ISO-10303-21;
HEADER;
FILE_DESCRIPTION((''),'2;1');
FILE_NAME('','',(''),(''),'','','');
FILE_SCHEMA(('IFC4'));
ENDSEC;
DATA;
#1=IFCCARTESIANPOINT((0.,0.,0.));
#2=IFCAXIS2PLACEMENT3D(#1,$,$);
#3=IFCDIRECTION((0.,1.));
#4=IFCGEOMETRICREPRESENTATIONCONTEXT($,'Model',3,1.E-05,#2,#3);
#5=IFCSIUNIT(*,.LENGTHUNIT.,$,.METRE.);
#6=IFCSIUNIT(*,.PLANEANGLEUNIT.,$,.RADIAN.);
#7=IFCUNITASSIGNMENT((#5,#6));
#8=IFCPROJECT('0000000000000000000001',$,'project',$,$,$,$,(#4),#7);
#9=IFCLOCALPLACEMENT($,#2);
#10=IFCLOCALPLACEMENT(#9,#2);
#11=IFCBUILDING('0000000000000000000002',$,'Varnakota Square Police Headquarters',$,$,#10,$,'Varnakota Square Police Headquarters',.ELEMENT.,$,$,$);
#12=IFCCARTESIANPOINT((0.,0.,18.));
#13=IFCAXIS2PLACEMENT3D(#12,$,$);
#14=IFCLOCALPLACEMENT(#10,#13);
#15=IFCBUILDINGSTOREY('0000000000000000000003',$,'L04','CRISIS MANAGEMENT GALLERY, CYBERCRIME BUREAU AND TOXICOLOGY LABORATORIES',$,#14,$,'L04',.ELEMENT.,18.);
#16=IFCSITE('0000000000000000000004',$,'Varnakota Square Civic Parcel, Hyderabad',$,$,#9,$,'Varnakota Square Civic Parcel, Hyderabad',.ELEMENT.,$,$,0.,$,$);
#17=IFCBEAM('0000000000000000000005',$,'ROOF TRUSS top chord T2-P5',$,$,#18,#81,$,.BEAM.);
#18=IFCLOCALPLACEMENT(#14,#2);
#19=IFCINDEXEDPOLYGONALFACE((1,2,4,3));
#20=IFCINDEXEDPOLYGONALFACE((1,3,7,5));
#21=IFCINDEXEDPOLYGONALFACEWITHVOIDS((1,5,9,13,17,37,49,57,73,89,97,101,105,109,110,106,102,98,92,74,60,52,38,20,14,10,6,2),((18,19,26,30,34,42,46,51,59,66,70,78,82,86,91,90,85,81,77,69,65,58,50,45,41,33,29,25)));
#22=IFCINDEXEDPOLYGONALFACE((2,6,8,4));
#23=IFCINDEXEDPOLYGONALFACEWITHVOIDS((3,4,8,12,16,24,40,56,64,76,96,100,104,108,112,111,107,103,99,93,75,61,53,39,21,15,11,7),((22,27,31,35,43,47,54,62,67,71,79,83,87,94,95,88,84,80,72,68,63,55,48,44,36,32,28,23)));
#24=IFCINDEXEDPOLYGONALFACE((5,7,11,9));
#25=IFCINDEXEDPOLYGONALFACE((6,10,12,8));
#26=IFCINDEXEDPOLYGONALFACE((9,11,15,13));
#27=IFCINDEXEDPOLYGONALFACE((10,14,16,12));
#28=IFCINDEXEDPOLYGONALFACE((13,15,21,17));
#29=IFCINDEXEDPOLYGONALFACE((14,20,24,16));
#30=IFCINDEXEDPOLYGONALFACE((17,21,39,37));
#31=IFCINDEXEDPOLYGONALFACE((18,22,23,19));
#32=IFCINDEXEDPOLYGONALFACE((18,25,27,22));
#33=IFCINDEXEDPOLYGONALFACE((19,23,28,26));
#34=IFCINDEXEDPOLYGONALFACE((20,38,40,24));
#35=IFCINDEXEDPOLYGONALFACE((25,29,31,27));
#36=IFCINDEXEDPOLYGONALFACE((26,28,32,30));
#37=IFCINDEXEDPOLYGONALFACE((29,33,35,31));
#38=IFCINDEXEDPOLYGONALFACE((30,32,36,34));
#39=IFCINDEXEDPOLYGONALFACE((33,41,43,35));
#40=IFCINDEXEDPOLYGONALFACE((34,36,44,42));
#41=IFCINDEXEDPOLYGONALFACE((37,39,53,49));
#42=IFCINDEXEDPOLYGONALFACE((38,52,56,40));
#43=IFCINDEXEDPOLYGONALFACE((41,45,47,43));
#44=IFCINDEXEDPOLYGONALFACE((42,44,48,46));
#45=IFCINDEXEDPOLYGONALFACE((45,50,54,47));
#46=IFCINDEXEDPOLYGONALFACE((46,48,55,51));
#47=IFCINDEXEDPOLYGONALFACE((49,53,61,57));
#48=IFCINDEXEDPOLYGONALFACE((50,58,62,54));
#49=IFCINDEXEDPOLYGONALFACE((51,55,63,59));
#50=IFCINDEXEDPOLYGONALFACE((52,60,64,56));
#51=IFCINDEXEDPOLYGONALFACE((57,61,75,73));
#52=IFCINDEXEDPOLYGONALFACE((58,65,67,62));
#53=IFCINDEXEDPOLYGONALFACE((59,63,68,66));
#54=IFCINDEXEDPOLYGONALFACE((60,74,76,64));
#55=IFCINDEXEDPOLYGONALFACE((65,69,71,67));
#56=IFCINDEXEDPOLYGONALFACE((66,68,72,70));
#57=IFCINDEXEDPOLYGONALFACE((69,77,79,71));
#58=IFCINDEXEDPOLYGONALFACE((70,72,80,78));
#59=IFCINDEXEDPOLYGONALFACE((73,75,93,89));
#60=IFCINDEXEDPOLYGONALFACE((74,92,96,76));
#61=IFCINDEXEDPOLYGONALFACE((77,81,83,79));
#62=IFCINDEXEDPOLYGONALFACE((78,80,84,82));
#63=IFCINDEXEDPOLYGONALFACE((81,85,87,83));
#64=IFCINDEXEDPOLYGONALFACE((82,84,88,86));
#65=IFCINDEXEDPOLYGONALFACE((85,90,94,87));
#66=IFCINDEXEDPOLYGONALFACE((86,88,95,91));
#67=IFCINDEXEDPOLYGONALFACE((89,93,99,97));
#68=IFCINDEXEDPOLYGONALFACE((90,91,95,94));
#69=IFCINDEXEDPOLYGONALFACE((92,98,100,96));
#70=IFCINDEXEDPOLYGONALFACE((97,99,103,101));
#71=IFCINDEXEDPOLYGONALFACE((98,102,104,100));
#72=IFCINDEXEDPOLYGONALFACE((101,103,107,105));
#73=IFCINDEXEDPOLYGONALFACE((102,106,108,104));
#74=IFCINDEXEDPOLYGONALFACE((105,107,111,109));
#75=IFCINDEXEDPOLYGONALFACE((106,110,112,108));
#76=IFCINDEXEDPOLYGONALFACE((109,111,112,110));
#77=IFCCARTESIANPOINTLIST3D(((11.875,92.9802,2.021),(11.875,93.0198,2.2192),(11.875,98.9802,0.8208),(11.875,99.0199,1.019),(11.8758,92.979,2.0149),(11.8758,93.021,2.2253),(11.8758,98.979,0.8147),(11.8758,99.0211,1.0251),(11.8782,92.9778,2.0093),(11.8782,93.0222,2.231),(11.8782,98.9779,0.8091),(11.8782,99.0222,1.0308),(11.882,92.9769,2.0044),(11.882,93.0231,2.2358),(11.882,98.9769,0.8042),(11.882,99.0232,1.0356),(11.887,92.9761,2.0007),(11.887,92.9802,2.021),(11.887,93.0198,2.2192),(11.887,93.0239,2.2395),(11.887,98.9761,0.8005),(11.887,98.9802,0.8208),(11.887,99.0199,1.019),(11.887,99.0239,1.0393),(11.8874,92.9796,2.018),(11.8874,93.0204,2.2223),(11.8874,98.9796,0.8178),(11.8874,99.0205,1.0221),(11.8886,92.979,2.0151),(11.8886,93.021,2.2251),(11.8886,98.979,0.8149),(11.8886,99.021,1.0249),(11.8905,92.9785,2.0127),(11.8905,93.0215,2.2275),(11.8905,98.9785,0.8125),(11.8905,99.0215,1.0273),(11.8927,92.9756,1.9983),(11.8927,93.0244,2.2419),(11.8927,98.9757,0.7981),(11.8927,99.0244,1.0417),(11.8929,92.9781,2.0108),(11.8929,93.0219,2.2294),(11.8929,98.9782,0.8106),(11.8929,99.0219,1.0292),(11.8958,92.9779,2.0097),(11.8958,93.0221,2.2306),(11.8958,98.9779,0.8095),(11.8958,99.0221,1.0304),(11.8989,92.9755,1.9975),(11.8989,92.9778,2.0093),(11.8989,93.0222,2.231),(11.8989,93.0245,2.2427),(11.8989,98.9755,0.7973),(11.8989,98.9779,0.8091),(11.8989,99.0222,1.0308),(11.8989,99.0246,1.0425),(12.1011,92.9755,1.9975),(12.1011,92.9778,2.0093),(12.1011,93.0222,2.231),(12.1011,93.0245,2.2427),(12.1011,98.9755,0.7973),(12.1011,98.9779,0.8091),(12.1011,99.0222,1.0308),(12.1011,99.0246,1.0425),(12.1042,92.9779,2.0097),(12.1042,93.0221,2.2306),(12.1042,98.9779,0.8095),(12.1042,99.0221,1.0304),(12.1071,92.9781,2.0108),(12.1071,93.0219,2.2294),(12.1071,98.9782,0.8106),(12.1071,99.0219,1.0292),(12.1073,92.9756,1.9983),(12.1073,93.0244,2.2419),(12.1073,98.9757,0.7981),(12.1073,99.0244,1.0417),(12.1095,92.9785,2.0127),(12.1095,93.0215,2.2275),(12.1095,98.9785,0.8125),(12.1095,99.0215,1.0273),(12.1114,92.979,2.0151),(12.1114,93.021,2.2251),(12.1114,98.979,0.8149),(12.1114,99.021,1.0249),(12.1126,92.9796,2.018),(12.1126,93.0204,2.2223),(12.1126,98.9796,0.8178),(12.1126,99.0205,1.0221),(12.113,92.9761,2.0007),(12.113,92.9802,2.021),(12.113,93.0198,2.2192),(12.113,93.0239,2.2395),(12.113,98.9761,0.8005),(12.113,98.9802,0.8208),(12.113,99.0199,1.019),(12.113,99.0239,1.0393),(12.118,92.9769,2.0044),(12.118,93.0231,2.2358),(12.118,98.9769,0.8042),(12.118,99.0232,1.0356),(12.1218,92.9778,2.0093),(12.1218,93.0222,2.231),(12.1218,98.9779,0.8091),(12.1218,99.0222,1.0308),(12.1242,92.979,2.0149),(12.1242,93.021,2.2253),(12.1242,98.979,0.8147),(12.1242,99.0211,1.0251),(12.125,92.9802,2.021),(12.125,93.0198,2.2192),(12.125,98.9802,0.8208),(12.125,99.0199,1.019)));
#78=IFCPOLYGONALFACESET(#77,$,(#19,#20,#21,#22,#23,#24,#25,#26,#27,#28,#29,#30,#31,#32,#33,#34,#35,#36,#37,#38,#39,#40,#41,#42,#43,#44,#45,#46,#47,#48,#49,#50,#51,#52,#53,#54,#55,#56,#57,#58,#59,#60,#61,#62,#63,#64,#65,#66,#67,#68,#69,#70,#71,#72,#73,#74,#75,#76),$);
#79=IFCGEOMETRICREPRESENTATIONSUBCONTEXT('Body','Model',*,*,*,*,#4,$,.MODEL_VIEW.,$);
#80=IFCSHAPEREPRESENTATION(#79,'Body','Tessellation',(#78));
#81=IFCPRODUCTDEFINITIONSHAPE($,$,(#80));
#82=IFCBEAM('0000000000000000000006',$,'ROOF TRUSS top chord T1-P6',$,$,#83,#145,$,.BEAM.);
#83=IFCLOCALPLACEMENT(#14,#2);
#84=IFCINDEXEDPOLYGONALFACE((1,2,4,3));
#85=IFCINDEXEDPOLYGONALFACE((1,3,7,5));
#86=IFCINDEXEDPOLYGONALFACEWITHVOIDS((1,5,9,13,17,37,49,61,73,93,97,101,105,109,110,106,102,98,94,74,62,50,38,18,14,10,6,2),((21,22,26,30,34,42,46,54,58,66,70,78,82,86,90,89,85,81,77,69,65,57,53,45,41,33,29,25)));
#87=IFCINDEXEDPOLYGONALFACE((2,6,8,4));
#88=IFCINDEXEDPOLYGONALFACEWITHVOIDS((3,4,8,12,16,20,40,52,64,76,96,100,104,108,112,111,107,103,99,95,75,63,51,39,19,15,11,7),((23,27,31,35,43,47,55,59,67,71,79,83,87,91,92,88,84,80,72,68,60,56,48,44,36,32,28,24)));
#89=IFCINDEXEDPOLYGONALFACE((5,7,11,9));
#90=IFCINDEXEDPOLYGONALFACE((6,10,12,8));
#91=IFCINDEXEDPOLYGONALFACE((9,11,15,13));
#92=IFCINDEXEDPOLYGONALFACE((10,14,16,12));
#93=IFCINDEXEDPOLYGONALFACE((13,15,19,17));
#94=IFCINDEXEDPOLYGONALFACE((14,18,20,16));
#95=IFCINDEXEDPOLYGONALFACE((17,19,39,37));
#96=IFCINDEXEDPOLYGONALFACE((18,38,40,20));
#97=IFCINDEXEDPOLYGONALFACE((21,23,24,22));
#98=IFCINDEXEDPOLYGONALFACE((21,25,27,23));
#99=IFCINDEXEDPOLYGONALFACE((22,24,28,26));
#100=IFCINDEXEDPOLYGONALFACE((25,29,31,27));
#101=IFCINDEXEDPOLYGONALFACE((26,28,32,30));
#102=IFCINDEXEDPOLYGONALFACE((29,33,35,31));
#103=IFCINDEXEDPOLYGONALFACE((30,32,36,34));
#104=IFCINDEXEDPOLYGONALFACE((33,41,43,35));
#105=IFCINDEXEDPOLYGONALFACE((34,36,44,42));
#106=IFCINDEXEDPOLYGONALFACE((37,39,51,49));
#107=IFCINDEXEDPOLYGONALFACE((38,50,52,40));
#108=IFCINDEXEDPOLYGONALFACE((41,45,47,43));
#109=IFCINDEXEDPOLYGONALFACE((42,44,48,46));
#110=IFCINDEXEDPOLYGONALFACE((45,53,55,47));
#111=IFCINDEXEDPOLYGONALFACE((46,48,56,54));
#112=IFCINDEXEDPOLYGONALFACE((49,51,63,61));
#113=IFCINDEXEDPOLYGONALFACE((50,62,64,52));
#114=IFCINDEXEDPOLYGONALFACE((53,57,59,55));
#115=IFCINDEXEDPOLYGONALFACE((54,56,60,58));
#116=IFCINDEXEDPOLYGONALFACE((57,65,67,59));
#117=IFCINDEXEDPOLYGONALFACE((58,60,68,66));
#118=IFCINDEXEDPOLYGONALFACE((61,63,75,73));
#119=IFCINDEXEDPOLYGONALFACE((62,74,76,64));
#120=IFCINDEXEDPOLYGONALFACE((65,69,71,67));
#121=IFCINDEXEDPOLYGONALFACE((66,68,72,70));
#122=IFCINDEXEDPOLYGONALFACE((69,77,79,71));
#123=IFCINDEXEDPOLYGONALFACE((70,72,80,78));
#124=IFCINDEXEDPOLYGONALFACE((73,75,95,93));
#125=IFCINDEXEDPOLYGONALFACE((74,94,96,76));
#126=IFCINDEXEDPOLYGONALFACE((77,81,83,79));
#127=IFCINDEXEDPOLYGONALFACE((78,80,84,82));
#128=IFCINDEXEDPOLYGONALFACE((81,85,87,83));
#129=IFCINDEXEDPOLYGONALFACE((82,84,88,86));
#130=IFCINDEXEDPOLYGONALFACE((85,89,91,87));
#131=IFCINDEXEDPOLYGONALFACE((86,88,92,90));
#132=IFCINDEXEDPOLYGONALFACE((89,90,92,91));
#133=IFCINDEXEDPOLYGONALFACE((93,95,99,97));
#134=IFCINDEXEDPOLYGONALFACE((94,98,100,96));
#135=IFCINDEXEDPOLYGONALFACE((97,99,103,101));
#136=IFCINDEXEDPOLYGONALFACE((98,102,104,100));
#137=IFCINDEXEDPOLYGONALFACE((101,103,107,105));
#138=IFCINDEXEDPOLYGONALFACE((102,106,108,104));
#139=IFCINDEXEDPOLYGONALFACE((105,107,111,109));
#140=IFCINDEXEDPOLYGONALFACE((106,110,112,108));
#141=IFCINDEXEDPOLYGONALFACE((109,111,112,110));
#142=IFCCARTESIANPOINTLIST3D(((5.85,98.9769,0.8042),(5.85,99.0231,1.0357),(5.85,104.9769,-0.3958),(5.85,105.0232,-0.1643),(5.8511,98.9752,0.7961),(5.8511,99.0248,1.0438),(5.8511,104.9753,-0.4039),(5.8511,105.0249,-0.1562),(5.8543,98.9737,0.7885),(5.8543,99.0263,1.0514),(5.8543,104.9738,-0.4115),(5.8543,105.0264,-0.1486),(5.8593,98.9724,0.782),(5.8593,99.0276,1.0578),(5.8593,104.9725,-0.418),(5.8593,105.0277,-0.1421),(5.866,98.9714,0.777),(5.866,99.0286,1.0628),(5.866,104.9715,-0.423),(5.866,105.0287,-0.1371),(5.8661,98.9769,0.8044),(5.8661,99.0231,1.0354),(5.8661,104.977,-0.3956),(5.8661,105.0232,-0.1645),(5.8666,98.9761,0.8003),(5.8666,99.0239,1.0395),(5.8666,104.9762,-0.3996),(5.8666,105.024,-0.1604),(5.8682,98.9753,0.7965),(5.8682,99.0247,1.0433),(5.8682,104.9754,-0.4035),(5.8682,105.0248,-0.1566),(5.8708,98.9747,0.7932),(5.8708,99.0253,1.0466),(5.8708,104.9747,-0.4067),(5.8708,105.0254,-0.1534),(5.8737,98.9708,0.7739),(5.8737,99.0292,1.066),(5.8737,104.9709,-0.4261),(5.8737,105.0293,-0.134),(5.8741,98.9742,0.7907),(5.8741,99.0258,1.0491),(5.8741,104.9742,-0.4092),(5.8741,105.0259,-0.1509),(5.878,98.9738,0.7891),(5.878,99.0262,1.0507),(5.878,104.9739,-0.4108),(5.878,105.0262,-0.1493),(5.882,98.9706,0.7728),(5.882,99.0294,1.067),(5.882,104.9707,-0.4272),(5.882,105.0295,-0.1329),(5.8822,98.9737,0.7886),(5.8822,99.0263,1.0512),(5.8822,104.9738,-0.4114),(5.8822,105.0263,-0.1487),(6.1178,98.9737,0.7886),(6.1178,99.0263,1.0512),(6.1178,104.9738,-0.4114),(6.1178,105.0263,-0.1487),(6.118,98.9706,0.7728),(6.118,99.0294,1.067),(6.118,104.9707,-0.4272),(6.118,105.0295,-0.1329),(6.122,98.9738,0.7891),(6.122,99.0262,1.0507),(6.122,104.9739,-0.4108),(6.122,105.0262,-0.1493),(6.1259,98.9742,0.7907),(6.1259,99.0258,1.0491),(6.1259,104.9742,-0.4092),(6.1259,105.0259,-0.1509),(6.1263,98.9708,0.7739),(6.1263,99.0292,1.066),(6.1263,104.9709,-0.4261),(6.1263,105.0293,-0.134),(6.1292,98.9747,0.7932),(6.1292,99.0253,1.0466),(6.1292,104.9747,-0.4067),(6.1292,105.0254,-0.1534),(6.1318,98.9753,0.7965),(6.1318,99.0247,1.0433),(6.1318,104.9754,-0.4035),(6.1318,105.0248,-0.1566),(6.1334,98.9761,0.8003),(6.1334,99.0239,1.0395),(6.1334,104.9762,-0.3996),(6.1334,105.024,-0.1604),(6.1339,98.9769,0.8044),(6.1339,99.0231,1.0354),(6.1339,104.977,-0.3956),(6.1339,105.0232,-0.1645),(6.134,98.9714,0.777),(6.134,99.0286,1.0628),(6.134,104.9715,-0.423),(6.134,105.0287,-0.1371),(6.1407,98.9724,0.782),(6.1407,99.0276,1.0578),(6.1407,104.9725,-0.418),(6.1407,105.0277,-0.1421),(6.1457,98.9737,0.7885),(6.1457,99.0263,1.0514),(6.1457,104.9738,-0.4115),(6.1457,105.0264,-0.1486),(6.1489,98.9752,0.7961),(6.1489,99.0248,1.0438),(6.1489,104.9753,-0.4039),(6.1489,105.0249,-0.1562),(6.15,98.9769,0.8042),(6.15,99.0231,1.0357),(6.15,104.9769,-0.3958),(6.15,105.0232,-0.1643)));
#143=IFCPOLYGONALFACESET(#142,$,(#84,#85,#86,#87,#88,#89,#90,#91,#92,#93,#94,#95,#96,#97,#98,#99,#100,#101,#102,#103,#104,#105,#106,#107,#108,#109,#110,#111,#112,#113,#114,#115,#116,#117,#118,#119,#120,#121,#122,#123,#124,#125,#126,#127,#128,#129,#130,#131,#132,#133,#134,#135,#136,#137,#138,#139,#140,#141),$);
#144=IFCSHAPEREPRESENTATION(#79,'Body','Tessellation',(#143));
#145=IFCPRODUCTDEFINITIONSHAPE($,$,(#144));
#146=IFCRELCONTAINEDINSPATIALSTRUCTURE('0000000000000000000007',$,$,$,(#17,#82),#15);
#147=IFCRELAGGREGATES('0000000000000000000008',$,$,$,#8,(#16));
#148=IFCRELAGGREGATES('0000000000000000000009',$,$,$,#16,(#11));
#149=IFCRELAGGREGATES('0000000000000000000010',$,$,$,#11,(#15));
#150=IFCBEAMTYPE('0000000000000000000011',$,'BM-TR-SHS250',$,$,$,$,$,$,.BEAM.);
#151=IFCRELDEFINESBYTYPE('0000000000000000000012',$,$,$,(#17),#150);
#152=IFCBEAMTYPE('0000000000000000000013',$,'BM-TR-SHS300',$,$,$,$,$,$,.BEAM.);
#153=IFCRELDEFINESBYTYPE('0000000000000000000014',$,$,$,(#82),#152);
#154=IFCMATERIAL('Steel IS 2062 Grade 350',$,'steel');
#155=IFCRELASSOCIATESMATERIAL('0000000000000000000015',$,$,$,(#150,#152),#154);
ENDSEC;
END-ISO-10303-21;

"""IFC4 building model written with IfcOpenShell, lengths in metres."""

from ifc_helpers import new_model, si_unit, direction, frame, origin, origin_2d, place, context, subcontext, project, spatial, hollow_rectangle, extrude, material, material_profile, profile_set, type_object, element, save


model = new_model("IFC4")

# Units and contexts
model_context = context("Model", 3, precision=1e-05, world=origin(), true_north=direction((0.0, 1.0)))
body_context = subcontext(model_context, "Body", "Model", "MODEL_VIEW")
ifc_project = project(units=[si_unit("LENGTHUNIT", "METRE"), si_unit("PLANEANGLEUNIT", "RADIAN")], contexts=[model_context])

# Site, building, storey
site_placement = place(None, origin())
site = spatial("IfcSite", under=ifc_project, at=site_placement, Name="Varnakota Square Civic Parcel, Hyderabad", LongName="Varnakota Square Civic Parcel, Hyderabad", CompositionType="ELEMENT", RefElevation=0.0)
building_placement = place(site_placement, origin())
building = spatial("IfcBuilding", under=site, at=building_placement, Name="Varnakota Square Police Headquarters", LongName="Varnakota Square Police Headquarters", CompositionType="ELEMENT")
storey_placement = place(building_placement, frame((0.0, 0.0, 18.0)))
storey = spatial("IfcBuildingStorey", under=building, at=storey_placement, Name="L04", Description="CRISIS MANAGEMENT GALLERY, CYBERCRIME BUREAU AND TOXICOLOGY LABORATORIES", LongName="L04", CompositionType="ELEMENT", Elevation=18.0)

# Beams
ifc_material_1 = material(Name="Steel IS 2062 Grade 350", Category="steel")
ifc_material_profile_1 = material_profile(ifc_material_1, hollow_rectangle(XDim=0.25, YDim=0.25, WallThickness=0.012, InnerFilletRadius=0.012, OuterFilletRadius=0.0239, at=origin_2d()), Name="SHS 250x250x12")
ifc_profile_set_1 = profile_set([ifc_material_profile_1], Name="Steel IS 2062 Grade 350")
beam_type_1 = type_object("IfcBeamType", Name="BM-TR-SHS250", PredefinedType="BEAM", material=ifc_profile_set_1)
for number, where, z_axis, x_axis, name in (
    (1, (12.0, 93.0, 2.1201), (0.0, 0.980575, -0.196147), (-1.0, 0.0, 0.0), "ROOF TRUSS top chord T2-P5"),
):
    element("IfcBeam", number, at=place(storey_placement, frame(where, z_axis=z_axis, x_axis=x_axis)), inside=storey, type_object=beam_type_1, Name=name, PredefinedType="BEAM", context=body_context, shape_type="SweptSolid", body=[
        extrude(hollow_rectangle(XDim=0.25, YDim=0.25, WallThickness=0.012, InnerFilletRadius=0.012, OuterFilletRadius=0.0239, at=origin_2d()), origin(), (0.0, 0.0, 1.0), 6.1189),
    ])
ifc_material_profile_2 = material_profile(ifc_material_1, hollow_rectangle(XDim=0.3, YDim=0.3, WallThickness=0.0161, InnerFilletRadius=0.0161, OuterFilletRadius=0.032, at=origin_2d()), Name="SHS 300x300x16")
ifc_profile_set_2 = profile_set([ifc_material_profile_2], Name="Steel IS 2062 Grade 350")
beam_type_2 = type_object("IfcBeamType", Name="BM-TR-SHS300", PredefinedType="BEAM", material=ifc_profile_set_2)
for number, where, z_axis, x_axis, name in (
    (2, (6.0, 99.0, 0.9199), (0.0, 0.980582, -0.196108), (-1.0, 0.0, 0.0), "ROOF TRUSS top chord T1-P6"),
):
    element("IfcBeam", number, at=place(storey_placement, frame(where, z_axis=z_axis, x_axis=x_axis)), inside=storey, type_object=beam_type_2, Name=name, PredefinedType="BEAM", context=body_context, shape_type="SweptSolid", body=[
        extrude(hollow_rectangle(XDim=0.3, YDim=0.3, WallThickness=0.0161, InnerFilletRadius=0.0161, OuterFilletRadius=0.032, at=origin_2d()), origin(), (0.0, 0.0, 1.0), 6.1189),
    ])

save(model, "model.ifc")
